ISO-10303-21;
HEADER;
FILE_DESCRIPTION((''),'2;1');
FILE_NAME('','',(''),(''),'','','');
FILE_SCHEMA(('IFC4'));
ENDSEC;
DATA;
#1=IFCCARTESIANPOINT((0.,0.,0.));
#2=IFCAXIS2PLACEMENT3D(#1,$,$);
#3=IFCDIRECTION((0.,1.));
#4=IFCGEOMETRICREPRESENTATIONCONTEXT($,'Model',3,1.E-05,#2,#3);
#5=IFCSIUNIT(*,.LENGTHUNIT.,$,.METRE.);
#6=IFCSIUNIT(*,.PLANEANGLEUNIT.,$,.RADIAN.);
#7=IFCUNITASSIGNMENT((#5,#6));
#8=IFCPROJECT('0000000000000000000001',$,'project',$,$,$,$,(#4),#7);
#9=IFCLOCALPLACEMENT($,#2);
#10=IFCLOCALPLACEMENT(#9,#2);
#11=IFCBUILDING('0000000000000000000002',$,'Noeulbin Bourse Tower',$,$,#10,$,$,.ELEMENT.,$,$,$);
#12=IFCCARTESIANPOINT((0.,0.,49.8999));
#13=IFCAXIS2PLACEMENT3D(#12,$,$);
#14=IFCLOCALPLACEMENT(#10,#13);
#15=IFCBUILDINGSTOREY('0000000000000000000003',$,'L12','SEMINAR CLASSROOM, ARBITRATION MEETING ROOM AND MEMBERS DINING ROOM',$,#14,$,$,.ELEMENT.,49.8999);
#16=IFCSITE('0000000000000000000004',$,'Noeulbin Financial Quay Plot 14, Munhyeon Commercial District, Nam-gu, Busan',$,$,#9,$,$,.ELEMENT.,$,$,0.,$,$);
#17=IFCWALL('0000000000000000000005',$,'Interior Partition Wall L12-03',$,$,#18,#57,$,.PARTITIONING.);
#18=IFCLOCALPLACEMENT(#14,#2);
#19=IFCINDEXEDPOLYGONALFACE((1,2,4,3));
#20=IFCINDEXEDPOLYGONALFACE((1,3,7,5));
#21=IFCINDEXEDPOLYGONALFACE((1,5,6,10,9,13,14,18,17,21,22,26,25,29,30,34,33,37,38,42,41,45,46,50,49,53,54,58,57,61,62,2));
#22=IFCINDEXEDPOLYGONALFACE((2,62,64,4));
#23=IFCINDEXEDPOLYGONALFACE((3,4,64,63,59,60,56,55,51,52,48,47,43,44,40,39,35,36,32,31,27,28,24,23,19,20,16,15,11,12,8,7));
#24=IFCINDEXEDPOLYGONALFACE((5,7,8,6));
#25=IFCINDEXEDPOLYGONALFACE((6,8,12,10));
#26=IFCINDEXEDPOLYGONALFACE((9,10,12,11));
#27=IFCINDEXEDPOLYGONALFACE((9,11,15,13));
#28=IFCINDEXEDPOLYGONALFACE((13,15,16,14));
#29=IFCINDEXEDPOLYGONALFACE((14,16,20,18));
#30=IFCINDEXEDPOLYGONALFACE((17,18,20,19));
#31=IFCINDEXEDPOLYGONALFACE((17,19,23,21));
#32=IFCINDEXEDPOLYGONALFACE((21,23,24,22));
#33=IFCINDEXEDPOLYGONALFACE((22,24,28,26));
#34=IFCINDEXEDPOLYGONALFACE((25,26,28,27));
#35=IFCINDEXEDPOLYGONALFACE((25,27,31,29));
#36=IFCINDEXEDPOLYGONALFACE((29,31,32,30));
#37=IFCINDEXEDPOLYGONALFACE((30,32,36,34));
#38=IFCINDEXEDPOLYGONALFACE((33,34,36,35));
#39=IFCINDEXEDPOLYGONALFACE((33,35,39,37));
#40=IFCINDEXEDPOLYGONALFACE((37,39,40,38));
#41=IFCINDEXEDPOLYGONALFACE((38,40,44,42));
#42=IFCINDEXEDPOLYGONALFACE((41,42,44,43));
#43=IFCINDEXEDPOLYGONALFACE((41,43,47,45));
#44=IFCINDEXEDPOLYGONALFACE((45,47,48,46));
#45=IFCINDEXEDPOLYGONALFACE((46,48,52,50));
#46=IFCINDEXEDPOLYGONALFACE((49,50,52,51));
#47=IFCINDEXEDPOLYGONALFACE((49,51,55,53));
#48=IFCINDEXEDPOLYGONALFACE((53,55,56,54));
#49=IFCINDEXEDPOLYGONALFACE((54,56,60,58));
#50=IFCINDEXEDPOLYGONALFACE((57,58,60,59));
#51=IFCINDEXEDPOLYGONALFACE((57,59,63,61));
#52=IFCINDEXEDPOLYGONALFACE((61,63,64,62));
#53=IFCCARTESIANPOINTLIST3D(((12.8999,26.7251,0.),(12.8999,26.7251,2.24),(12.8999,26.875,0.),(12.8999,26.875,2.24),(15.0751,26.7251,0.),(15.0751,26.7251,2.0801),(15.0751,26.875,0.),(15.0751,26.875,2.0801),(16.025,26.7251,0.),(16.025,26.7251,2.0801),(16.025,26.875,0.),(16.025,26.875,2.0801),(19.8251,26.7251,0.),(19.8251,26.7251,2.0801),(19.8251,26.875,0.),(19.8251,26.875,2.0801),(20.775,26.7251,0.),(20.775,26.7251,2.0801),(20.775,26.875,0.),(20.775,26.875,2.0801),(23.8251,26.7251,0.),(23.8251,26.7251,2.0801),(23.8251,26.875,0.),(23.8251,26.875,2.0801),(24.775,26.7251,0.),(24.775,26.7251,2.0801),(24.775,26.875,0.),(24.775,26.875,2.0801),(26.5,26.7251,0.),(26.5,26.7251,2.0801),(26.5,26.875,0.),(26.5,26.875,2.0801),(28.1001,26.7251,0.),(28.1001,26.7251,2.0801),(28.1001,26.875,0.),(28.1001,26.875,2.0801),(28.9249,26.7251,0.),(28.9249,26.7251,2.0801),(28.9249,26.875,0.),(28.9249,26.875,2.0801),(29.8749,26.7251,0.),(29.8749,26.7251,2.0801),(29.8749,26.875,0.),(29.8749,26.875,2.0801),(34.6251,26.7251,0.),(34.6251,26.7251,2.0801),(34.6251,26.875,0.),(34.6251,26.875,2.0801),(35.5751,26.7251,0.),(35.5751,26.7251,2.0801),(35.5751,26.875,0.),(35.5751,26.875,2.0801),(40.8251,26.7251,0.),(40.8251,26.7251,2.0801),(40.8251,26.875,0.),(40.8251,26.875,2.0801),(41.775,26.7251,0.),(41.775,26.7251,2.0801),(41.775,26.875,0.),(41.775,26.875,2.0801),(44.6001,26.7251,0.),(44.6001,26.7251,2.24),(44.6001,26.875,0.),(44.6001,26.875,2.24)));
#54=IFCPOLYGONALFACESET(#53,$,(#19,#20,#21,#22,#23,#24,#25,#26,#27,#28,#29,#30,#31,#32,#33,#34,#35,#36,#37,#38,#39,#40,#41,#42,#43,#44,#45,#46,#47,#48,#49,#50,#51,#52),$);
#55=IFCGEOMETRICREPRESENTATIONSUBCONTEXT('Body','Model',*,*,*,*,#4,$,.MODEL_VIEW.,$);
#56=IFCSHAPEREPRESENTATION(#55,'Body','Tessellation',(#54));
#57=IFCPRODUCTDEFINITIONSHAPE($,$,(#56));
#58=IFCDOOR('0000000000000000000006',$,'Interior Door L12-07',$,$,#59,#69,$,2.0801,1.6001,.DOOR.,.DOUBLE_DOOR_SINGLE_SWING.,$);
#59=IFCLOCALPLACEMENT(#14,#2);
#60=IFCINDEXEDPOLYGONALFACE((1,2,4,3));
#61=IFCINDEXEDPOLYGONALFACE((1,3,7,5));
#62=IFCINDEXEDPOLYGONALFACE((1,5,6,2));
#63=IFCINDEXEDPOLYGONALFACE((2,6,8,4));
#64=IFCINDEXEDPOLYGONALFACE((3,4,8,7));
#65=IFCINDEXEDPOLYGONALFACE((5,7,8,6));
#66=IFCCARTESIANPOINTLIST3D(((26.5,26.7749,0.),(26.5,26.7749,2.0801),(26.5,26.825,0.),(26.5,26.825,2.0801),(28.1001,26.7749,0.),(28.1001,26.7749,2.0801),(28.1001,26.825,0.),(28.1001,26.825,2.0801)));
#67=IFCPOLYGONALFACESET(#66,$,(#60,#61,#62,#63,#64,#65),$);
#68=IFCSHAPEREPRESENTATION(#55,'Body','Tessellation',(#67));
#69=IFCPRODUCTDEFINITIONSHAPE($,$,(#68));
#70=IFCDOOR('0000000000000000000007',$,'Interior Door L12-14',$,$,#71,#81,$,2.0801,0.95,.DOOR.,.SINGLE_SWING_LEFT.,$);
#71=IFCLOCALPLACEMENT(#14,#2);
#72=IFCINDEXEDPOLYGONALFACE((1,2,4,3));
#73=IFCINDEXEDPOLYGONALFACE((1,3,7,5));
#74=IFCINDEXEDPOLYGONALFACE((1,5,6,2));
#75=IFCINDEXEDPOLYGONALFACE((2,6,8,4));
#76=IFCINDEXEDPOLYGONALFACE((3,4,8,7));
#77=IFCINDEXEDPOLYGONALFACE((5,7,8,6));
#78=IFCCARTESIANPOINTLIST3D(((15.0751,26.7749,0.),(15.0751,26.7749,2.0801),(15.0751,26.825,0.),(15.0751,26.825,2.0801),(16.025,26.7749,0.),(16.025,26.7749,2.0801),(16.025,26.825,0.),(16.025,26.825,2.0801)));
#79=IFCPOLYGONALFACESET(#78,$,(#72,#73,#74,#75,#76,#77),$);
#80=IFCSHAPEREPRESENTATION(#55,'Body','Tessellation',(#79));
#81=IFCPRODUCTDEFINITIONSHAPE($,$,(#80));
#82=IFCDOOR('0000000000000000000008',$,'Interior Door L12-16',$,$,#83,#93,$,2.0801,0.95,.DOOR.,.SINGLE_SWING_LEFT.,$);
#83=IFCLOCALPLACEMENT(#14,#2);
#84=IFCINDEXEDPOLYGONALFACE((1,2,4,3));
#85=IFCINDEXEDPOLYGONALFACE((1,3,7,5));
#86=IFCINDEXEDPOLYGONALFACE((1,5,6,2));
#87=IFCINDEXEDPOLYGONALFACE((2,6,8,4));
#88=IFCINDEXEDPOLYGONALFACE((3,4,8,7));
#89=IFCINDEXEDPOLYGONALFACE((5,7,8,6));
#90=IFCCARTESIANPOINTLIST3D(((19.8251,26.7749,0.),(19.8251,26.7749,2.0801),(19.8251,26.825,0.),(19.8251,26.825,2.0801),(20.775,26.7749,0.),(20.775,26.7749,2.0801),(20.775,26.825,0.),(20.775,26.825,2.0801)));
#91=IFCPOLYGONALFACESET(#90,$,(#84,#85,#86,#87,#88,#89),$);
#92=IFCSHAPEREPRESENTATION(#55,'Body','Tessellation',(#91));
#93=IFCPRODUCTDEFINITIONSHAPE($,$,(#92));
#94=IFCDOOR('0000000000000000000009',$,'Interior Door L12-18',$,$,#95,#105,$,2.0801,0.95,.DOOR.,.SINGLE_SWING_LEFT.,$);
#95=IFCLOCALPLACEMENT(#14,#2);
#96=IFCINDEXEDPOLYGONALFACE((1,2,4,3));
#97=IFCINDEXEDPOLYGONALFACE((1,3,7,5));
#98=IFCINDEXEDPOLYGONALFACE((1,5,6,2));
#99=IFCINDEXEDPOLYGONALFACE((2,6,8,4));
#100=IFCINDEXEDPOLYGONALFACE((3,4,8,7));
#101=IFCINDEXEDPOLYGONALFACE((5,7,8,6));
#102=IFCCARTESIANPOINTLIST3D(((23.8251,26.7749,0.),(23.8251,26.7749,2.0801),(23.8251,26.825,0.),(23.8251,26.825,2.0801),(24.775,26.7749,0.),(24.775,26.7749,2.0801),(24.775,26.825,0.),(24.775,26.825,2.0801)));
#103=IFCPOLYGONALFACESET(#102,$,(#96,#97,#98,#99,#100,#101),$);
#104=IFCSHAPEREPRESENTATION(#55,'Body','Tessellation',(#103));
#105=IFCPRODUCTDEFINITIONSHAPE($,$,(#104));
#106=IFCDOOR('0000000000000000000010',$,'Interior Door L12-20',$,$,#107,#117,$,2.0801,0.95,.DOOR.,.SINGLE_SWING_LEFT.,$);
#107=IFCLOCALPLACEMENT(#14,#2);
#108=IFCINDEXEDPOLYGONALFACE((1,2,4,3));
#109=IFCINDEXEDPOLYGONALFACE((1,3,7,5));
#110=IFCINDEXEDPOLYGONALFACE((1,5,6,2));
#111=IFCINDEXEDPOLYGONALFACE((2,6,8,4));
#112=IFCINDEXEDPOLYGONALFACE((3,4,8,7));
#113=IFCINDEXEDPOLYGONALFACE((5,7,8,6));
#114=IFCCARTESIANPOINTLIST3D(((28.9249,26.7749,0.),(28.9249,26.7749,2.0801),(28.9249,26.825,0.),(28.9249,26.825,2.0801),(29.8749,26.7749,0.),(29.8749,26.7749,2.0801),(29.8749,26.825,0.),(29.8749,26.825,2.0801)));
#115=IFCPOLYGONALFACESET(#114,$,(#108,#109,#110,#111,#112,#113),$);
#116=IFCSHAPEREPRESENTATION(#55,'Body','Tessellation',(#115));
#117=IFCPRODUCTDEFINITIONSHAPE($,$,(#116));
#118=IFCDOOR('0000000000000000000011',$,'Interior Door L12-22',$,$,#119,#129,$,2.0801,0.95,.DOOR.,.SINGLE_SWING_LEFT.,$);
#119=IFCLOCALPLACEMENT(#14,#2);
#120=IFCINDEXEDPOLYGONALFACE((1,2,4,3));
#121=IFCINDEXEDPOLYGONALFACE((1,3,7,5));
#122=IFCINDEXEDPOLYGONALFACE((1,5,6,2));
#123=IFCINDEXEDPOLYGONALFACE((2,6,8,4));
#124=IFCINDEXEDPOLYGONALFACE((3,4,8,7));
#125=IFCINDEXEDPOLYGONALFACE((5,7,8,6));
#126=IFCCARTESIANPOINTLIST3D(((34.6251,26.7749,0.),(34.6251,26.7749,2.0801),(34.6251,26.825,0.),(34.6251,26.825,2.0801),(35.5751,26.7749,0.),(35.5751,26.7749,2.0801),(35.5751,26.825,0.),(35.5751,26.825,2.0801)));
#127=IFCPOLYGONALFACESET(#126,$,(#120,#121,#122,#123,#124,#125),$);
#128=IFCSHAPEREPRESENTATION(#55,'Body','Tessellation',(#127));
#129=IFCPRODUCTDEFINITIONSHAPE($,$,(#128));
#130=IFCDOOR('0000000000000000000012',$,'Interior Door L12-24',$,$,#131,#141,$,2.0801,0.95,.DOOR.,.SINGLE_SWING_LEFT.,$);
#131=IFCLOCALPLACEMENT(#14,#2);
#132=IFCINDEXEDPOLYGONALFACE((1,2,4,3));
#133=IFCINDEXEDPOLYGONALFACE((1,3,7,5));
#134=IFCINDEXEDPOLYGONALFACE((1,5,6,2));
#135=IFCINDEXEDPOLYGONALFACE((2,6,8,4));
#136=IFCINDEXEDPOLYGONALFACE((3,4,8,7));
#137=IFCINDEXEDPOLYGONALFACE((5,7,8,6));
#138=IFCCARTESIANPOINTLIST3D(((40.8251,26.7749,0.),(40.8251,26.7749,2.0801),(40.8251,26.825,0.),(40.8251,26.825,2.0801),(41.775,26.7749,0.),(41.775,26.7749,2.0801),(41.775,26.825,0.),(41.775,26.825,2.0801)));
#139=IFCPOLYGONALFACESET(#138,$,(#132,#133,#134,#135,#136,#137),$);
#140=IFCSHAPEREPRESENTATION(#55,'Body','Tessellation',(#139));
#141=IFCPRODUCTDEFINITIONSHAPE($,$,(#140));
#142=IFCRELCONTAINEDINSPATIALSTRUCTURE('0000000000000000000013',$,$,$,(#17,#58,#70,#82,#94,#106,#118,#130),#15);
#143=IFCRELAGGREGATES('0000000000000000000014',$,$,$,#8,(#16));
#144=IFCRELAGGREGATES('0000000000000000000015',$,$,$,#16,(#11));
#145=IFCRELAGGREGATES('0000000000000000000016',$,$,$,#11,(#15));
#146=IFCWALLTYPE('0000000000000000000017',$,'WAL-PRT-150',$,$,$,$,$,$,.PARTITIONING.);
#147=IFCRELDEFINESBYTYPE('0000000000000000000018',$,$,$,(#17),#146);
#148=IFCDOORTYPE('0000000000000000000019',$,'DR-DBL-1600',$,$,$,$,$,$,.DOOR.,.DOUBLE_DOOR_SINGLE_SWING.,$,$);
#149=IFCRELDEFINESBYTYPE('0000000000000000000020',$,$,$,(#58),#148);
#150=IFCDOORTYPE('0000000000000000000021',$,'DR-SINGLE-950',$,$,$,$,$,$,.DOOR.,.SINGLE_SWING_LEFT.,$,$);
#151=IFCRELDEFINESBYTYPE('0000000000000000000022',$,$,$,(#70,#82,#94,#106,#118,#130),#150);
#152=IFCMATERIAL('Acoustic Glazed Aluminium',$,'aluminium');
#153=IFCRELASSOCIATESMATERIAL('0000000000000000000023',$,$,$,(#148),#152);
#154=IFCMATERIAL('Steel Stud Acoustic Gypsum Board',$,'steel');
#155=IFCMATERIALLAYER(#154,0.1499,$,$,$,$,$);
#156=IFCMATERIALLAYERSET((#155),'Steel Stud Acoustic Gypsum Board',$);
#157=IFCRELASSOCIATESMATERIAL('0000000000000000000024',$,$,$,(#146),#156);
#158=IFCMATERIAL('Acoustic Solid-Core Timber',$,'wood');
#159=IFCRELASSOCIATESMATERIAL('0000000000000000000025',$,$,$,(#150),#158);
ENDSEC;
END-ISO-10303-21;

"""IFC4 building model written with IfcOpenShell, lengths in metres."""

from ifc_helpers import new_model, si_unit, direction, frame, frame_2d, origin, place, context, subcontext, project, spatial, rectangle, extrude, material, layer, layer_set, type_object, element, fill, save


model = new_model("IFC4")

# Units and contexts
model_context = context("Model", 3, precision=1e-05, world=origin(), true_north=direction((0.0, 1.0)))
body_context = subcontext(model_context, "Body", "Model", "MODEL_VIEW")
ifc_project = project(units=[si_unit("LENGTHUNIT", "METRE"), si_unit("PLANEANGLEUNIT", "RADIAN")], contexts=[model_context])

# Site, building, storey
site_placement = place(None, origin())
site = spatial("IfcSite", under=ifc_project, at=site_placement, Name="Noeulbin Financial Quay Plot 14, Munhyeon Commercial District, Nam-gu, Busan", CompositionType="ELEMENT", RefElevation=0.0)
building_placement = place(site_placement, origin())
building = spatial("IfcBuilding", under=site, at=building_placement, Name="Noeulbin Bourse Tower", CompositionType="ELEMENT")
storey_placement = place(building_placement, frame((0.0, 0.0, 49.8999)))
storey = spatial("IfcBuildingStorey", under=building, at=storey_placement, Name="L12", Description="SEMINAR CLASSROOM, ARBITRATION MEETING ROOM AND MEMBERS DINING ROOM", CompositionType="ELEMENT", Elevation=49.8999)

# Wall, openings, doors
ifc_material_1 = material(Name="Acoustic Glazed Aluminium", Category="aluminium")
door_type_1 = type_object("IfcDoorType", Name="DR-DBL-1600", OperationType="DOUBLE_DOOR_SINGLE_SWING", PredefinedType="DOOR", material=ifc_material_1)
ifc_material_2 = material(Name="Steel Stud Acoustic Gypsum Board", Category="steel")
ifc_layer_1 = layer(ifc_material_2, 0.1499)
ifc_layer_set_1 = layer_set([ifc_layer_1], Name="Steel Stud Acoustic Gypsum Board")
wall_type_1 = type_object("IfcWallType", Name="WAL-PRT-150", PredefinedType="PARTITIONING", material=ifc_layer_set_1)
wall_1_placement = place(storey_placement, frame((12.8999, 26.8, 0.0), z_axis=(0.0, 0.0, 1.0), x_axis=(1.0, 0.0, 0.0)))
wall_1 = element("IfcWall", 1, at=wall_1_placement, inside=storey, type_object=wall_type_1, Name="Interior Partition Wall L12-03", PredefinedType="PARTITIONING", context=body_context, shape_type="SweptSolid", body=[
    extrude(rectangle(XDim=31.7002, YDim=0.1499, at=frame_2d((15.8501, 0.0))), origin(), (0.0, 0.0, 1.0), 2.24),
])
opening_1_placement = place(wall_1_placement, frame((13.6001, 0.0, 0.0)))
opening_1 = element("IfcOpeningElement", 2, at=opening_1_placement, cuts=wall_1, PredefinedType="OPENING", context=body_context, shape_type="SweptSolid", body=[
    extrude(rectangle(XDim=1.6001, YDim=2.0801, at=frame_2d((0.8, 1.04))), frame((0.0, 0.085, 0.0), z_axis=(0.0, -1.0, 0.0), x_axis=(1.0, 0.0, 0.0)), (0.0, 0.0, 1.0), 0.1699),
])
opening_2_placement = place(wall_1_placement, frame((2.175, 0.0, 0.0)))
opening_2 = element("IfcOpeningElement", 3, at=opening_2_placement, cuts=wall_1, PredefinedType="OPENING", context=body_context, shape_type="SweptSolid", body=[
    extrude(rectangle(XDim=0.95, YDim=2.0801, at=frame_2d((0.4751, 1.04))), frame((0.0, 0.085, 0.0), z_axis=(0.0, -1.0, 0.0), x_axis=(1.0, 0.0, 0.0)), (0.0, 0.0, 1.0), 0.1699),
])
opening_3_placement = place(wall_1_placement, frame((6.925, 0.0, 0.0)))
opening_3 = element("IfcOpeningElement", 4, at=opening_3_placement, cuts=wall_1, PredefinedType="OPENING", context=body_context, shape_type="SweptSolid", body=[
    extrude(rectangle(XDim=0.95, YDim=2.0801, at=frame_2d((0.4751, 1.04))), frame((0.0, 0.085, 0.0), z_axis=(0.0, -1.0, 0.0), x_axis=(1.0, 0.0, 0.0)), (0.0, 0.0, 1.0), 0.1699),
])
opening_4_placement = place(wall_1_placement, frame((10.925, 0.0, 0.0)))
opening_4 = element("IfcOpeningElement", 5, at=opening_4_placement, cuts=wall_1, PredefinedType="OPENING", context=body_context, shape_type="SweptSolid", body=[
    extrude(rectangle(XDim=0.95, YDim=2.0801, at=frame_2d((0.4751, 1.04))), frame((0.0, 0.085, 0.0), z_axis=(0.0, -1.0, 0.0), x_axis=(1.0, 0.0, 0.0)), (0.0, 0.0, 1.0), 0.1699),
])
opening_5_placement = place(wall_1_placement, frame((16.0249, 0.0, 0.0)))
opening_5 = element("IfcOpeningElement", 6, at=opening_5_placement, cuts=wall_1, PredefinedType="OPENING", context=body_context, shape_type="SweptSolid", body=[
    extrude(rectangle(XDim=0.95, YDim=2.0801, at=frame_2d((0.4751, 1.04))), frame((0.0, 0.085, 0.0), z_axis=(0.0, -1.0, 0.0), x_axis=(1.0, 0.0, 0.0)), (0.0, 0.0, 1.0), 0.1699),
])
opening_6_placement = place(wall_1_placement, frame((21.7251, 0.0, 0.0)))
opening_6 = element("IfcOpeningElement", 7, at=opening_6_placement, cuts=wall_1, PredefinedType="OPENING", context=body_context, shape_type="SweptSolid", body=[
    extrude(rectangle(XDim=0.95, YDim=2.0801, at=frame_2d((0.4751, 1.04))), frame((0.0, 0.085, 0.0), z_axis=(0.0, -1.0, 0.0), x_axis=(1.0, 0.0, 0.0)), (0.0, 0.0, 1.0), 0.1699),
])
opening_7_placement = place(wall_1_placement, frame((27.925, 0.0, 0.0)))
opening_7 = element("IfcOpeningElement", 8, at=opening_7_placement, cuts=wall_1, PredefinedType="OPENING", context=body_context, shape_type="SweptSolid", body=[
    extrude(rectangle(XDim=0.95, YDim=2.0801, at=frame_2d((0.4751, 1.04))), frame((0.0, 0.085, 0.0), z_axis=(0.0, -1.0, 0.0), x_axis=(1.0, 0.0, 0.0)), (0.0, 0.0, 1.0), 0.1699),
])
door_1_placement = place(opening_1_placement, origin())
door_1 = element("IfcDoor", 9, at=door_1_placement, inside=storey, type_object=door_type_1, Name="Interior Door L12-07", OperationType="DOUBLE_DOOR_SINGLE_SWING", OverallHeight=2.0801, OverallWidth=1.6001, PredefinedType="DOOR", context=body_context, shape_type="SweptSolid", body=[
    extrude(rectangle(XDim=1.6001, YDim=2.0801, at=frame_2d((0.8, 1.04))), frame((0.0, 0.0249, 0.0), z_axis=(0.0, -1.0, 0.0), x_axis=(1.0, 0.0, 0.0)), (0.0, 0.0, 1.0), 0.05),
])
fill(opening_1, door_1)
ifc_material_3 = material(Name="Acoustic Solid-Core Timber", Category="wood")
door_type_2 = type_object("IfcDoorType", Name="DR-SINGLE-950", OperationType="SINGLE_SWING_LEFT", PredefinedType="DOOR", material=ifc_material_3)
door_2_placement = place(opening_2_placement, origin())
door_2 = element("IfcDoor", 10, at=door_2_placement, inside=storey, type_object=door_type_2, Name="Interior Door L12-14", OperationType="SINGLE_SWING_LEFT", OverallHeight=2.0801, OverallWidth=0.95, PredefinedType="DOOR", context=body_context, shape_type="SweptSolid", body=[
    extrude(rectangle(XDim=0.95, YDim=2.0801, at=frame_2d((0.4751, 1.04))), frame((0.0, 0.0249, 0.0), z_axis=(0.0, -1.0, 0.0), x_axis=(1.0, 0.0, 0.0)), (0.0, 0.0, 1.0), 0.05),
])
fill(opening_2, door_2)
door_3_placement = place(opening_3_placement, origin())
door_3 = element("IfcDoor", 11, at=door_3_placement, inside=storey, type_object=door_type_2, Name="Interior Door L12-16", OperationType="SINGLE_SWING_LEFT", OverallHeight=2.0801, OverallWidth=0.95, PredefinedType="DOOR", context=body_context, shape_type="SweptSolid", body=[
    extrude(rectangle(XDim=0.95, YDim=2.0801, at=frame_2d((0.4751, 1.04))), frame((0.0, 0.0249, 0.0), z_axis=(0.0, -1.0, 0.0), x_axis=(1.0, 0.0, 0.0)), (0.0, 0.0, 1.0), 0.05),
])
fill(opening_3, door_3)
door_4_placement = place(opening_4_placement, origin())
door_4 = element("IfcDoor", 12, at=door_4_placement, inside=storey, type_object=door_type_2, Name="Interior Door L12-18", OperationType="SINGLE_SWING_LEFT", OverallHeight=2.0801, OverallWidth=0.95, PredefinedType="DOOR", context=body_context, shape_type="SweptSolid", body=[
    extrude(rectangle(XDim=0.95, YDim=2.0801, at=frame_2d((0.4751, 1.04))), frame((0.0, 0.0249, 0.0), z_axis=(0.0, -1.0, 0.0), x_axis=(1.0, 0.0, 0.0)), (0.0, 0.0, 1.0), 0.05),
])
fill(opening_4, door_4)
door_5_placement = place(opening_5_placement, origin())
door_5 = element("IfcDoor", 13, at=door_5_placement, inside=storey, type_object=door_type_2, Name="Interior Door L12-20", OperationType="SINGLE_SWING_LEFT", OverallHeight=2.0801, OverallWidth=0.95, PredefinedType="DOOR", context=body_context, shape_type="SweptSolid", body=[
    extrude(rectangle(XDim=0.95, YDim=2.0801, at=frame_2d((0.4751, 1.04))), frame((0.0, 0.0249, 0.0), z_axis=(0.0, -1.0, 0.0), x_axis=(1.0, 0.0, 0.0)), (0.0, 0.0, 1.0), 0.05),
])
fill(opening_5, door_5)
door_6_placement = place(opening_6_placement, origin())
door_6 = element("IfcDoor", 14, at=door_6_placement, inside=storey, type_object=door_type_2, Name="Interior Door L12-22", OperationType="SINGLE_SWING_LEFT", OverallHeight=2.0801, OverallWidth=0.95, PredefinedType="DOOR", context=body_context, shape_type="SweptSolid", body=[
    extrude(rectangle(XDim=0.95, YDim=2.0801, at=frame_2d((0.4751, 1.04))), frame((0.0, 0.0249, 0.0), z_axis=(0.0, -1.0, 0.0), x_axis=(1.0, 0.0, 0.0)), (0.0, 0.0, 1.0), 0.05),
])
fill(opening_6, door_6)
door_7_placement = place(opening_7_placement, origin())
door_7 = element("IfcDoor", 15, at=door_7_placement, inside=storey, type_object=door_type_2, Name="Interior Door L12-24", OperationType="SINGLE_SWING_LEFT", OverallHeight=2.0801, OverallWidth=0.95, PredefinedType="DOOR", context=body_context, shape_type="SweptSolid", body=[
    extrude(rectangle(XDim=0.95, YDim=2.0801, at=frame_2d((0.4751, 1.04))), frame((0.0, 0.0249, 0.0), z_axis=(0.0, -1.0, 0.0), x_axis=(1.0, 0.0, 0.0)), (0.0, 0.0, 1.0), 0.05),
])
fill(opening_7, door_7)

save(model, "model.ifc")
